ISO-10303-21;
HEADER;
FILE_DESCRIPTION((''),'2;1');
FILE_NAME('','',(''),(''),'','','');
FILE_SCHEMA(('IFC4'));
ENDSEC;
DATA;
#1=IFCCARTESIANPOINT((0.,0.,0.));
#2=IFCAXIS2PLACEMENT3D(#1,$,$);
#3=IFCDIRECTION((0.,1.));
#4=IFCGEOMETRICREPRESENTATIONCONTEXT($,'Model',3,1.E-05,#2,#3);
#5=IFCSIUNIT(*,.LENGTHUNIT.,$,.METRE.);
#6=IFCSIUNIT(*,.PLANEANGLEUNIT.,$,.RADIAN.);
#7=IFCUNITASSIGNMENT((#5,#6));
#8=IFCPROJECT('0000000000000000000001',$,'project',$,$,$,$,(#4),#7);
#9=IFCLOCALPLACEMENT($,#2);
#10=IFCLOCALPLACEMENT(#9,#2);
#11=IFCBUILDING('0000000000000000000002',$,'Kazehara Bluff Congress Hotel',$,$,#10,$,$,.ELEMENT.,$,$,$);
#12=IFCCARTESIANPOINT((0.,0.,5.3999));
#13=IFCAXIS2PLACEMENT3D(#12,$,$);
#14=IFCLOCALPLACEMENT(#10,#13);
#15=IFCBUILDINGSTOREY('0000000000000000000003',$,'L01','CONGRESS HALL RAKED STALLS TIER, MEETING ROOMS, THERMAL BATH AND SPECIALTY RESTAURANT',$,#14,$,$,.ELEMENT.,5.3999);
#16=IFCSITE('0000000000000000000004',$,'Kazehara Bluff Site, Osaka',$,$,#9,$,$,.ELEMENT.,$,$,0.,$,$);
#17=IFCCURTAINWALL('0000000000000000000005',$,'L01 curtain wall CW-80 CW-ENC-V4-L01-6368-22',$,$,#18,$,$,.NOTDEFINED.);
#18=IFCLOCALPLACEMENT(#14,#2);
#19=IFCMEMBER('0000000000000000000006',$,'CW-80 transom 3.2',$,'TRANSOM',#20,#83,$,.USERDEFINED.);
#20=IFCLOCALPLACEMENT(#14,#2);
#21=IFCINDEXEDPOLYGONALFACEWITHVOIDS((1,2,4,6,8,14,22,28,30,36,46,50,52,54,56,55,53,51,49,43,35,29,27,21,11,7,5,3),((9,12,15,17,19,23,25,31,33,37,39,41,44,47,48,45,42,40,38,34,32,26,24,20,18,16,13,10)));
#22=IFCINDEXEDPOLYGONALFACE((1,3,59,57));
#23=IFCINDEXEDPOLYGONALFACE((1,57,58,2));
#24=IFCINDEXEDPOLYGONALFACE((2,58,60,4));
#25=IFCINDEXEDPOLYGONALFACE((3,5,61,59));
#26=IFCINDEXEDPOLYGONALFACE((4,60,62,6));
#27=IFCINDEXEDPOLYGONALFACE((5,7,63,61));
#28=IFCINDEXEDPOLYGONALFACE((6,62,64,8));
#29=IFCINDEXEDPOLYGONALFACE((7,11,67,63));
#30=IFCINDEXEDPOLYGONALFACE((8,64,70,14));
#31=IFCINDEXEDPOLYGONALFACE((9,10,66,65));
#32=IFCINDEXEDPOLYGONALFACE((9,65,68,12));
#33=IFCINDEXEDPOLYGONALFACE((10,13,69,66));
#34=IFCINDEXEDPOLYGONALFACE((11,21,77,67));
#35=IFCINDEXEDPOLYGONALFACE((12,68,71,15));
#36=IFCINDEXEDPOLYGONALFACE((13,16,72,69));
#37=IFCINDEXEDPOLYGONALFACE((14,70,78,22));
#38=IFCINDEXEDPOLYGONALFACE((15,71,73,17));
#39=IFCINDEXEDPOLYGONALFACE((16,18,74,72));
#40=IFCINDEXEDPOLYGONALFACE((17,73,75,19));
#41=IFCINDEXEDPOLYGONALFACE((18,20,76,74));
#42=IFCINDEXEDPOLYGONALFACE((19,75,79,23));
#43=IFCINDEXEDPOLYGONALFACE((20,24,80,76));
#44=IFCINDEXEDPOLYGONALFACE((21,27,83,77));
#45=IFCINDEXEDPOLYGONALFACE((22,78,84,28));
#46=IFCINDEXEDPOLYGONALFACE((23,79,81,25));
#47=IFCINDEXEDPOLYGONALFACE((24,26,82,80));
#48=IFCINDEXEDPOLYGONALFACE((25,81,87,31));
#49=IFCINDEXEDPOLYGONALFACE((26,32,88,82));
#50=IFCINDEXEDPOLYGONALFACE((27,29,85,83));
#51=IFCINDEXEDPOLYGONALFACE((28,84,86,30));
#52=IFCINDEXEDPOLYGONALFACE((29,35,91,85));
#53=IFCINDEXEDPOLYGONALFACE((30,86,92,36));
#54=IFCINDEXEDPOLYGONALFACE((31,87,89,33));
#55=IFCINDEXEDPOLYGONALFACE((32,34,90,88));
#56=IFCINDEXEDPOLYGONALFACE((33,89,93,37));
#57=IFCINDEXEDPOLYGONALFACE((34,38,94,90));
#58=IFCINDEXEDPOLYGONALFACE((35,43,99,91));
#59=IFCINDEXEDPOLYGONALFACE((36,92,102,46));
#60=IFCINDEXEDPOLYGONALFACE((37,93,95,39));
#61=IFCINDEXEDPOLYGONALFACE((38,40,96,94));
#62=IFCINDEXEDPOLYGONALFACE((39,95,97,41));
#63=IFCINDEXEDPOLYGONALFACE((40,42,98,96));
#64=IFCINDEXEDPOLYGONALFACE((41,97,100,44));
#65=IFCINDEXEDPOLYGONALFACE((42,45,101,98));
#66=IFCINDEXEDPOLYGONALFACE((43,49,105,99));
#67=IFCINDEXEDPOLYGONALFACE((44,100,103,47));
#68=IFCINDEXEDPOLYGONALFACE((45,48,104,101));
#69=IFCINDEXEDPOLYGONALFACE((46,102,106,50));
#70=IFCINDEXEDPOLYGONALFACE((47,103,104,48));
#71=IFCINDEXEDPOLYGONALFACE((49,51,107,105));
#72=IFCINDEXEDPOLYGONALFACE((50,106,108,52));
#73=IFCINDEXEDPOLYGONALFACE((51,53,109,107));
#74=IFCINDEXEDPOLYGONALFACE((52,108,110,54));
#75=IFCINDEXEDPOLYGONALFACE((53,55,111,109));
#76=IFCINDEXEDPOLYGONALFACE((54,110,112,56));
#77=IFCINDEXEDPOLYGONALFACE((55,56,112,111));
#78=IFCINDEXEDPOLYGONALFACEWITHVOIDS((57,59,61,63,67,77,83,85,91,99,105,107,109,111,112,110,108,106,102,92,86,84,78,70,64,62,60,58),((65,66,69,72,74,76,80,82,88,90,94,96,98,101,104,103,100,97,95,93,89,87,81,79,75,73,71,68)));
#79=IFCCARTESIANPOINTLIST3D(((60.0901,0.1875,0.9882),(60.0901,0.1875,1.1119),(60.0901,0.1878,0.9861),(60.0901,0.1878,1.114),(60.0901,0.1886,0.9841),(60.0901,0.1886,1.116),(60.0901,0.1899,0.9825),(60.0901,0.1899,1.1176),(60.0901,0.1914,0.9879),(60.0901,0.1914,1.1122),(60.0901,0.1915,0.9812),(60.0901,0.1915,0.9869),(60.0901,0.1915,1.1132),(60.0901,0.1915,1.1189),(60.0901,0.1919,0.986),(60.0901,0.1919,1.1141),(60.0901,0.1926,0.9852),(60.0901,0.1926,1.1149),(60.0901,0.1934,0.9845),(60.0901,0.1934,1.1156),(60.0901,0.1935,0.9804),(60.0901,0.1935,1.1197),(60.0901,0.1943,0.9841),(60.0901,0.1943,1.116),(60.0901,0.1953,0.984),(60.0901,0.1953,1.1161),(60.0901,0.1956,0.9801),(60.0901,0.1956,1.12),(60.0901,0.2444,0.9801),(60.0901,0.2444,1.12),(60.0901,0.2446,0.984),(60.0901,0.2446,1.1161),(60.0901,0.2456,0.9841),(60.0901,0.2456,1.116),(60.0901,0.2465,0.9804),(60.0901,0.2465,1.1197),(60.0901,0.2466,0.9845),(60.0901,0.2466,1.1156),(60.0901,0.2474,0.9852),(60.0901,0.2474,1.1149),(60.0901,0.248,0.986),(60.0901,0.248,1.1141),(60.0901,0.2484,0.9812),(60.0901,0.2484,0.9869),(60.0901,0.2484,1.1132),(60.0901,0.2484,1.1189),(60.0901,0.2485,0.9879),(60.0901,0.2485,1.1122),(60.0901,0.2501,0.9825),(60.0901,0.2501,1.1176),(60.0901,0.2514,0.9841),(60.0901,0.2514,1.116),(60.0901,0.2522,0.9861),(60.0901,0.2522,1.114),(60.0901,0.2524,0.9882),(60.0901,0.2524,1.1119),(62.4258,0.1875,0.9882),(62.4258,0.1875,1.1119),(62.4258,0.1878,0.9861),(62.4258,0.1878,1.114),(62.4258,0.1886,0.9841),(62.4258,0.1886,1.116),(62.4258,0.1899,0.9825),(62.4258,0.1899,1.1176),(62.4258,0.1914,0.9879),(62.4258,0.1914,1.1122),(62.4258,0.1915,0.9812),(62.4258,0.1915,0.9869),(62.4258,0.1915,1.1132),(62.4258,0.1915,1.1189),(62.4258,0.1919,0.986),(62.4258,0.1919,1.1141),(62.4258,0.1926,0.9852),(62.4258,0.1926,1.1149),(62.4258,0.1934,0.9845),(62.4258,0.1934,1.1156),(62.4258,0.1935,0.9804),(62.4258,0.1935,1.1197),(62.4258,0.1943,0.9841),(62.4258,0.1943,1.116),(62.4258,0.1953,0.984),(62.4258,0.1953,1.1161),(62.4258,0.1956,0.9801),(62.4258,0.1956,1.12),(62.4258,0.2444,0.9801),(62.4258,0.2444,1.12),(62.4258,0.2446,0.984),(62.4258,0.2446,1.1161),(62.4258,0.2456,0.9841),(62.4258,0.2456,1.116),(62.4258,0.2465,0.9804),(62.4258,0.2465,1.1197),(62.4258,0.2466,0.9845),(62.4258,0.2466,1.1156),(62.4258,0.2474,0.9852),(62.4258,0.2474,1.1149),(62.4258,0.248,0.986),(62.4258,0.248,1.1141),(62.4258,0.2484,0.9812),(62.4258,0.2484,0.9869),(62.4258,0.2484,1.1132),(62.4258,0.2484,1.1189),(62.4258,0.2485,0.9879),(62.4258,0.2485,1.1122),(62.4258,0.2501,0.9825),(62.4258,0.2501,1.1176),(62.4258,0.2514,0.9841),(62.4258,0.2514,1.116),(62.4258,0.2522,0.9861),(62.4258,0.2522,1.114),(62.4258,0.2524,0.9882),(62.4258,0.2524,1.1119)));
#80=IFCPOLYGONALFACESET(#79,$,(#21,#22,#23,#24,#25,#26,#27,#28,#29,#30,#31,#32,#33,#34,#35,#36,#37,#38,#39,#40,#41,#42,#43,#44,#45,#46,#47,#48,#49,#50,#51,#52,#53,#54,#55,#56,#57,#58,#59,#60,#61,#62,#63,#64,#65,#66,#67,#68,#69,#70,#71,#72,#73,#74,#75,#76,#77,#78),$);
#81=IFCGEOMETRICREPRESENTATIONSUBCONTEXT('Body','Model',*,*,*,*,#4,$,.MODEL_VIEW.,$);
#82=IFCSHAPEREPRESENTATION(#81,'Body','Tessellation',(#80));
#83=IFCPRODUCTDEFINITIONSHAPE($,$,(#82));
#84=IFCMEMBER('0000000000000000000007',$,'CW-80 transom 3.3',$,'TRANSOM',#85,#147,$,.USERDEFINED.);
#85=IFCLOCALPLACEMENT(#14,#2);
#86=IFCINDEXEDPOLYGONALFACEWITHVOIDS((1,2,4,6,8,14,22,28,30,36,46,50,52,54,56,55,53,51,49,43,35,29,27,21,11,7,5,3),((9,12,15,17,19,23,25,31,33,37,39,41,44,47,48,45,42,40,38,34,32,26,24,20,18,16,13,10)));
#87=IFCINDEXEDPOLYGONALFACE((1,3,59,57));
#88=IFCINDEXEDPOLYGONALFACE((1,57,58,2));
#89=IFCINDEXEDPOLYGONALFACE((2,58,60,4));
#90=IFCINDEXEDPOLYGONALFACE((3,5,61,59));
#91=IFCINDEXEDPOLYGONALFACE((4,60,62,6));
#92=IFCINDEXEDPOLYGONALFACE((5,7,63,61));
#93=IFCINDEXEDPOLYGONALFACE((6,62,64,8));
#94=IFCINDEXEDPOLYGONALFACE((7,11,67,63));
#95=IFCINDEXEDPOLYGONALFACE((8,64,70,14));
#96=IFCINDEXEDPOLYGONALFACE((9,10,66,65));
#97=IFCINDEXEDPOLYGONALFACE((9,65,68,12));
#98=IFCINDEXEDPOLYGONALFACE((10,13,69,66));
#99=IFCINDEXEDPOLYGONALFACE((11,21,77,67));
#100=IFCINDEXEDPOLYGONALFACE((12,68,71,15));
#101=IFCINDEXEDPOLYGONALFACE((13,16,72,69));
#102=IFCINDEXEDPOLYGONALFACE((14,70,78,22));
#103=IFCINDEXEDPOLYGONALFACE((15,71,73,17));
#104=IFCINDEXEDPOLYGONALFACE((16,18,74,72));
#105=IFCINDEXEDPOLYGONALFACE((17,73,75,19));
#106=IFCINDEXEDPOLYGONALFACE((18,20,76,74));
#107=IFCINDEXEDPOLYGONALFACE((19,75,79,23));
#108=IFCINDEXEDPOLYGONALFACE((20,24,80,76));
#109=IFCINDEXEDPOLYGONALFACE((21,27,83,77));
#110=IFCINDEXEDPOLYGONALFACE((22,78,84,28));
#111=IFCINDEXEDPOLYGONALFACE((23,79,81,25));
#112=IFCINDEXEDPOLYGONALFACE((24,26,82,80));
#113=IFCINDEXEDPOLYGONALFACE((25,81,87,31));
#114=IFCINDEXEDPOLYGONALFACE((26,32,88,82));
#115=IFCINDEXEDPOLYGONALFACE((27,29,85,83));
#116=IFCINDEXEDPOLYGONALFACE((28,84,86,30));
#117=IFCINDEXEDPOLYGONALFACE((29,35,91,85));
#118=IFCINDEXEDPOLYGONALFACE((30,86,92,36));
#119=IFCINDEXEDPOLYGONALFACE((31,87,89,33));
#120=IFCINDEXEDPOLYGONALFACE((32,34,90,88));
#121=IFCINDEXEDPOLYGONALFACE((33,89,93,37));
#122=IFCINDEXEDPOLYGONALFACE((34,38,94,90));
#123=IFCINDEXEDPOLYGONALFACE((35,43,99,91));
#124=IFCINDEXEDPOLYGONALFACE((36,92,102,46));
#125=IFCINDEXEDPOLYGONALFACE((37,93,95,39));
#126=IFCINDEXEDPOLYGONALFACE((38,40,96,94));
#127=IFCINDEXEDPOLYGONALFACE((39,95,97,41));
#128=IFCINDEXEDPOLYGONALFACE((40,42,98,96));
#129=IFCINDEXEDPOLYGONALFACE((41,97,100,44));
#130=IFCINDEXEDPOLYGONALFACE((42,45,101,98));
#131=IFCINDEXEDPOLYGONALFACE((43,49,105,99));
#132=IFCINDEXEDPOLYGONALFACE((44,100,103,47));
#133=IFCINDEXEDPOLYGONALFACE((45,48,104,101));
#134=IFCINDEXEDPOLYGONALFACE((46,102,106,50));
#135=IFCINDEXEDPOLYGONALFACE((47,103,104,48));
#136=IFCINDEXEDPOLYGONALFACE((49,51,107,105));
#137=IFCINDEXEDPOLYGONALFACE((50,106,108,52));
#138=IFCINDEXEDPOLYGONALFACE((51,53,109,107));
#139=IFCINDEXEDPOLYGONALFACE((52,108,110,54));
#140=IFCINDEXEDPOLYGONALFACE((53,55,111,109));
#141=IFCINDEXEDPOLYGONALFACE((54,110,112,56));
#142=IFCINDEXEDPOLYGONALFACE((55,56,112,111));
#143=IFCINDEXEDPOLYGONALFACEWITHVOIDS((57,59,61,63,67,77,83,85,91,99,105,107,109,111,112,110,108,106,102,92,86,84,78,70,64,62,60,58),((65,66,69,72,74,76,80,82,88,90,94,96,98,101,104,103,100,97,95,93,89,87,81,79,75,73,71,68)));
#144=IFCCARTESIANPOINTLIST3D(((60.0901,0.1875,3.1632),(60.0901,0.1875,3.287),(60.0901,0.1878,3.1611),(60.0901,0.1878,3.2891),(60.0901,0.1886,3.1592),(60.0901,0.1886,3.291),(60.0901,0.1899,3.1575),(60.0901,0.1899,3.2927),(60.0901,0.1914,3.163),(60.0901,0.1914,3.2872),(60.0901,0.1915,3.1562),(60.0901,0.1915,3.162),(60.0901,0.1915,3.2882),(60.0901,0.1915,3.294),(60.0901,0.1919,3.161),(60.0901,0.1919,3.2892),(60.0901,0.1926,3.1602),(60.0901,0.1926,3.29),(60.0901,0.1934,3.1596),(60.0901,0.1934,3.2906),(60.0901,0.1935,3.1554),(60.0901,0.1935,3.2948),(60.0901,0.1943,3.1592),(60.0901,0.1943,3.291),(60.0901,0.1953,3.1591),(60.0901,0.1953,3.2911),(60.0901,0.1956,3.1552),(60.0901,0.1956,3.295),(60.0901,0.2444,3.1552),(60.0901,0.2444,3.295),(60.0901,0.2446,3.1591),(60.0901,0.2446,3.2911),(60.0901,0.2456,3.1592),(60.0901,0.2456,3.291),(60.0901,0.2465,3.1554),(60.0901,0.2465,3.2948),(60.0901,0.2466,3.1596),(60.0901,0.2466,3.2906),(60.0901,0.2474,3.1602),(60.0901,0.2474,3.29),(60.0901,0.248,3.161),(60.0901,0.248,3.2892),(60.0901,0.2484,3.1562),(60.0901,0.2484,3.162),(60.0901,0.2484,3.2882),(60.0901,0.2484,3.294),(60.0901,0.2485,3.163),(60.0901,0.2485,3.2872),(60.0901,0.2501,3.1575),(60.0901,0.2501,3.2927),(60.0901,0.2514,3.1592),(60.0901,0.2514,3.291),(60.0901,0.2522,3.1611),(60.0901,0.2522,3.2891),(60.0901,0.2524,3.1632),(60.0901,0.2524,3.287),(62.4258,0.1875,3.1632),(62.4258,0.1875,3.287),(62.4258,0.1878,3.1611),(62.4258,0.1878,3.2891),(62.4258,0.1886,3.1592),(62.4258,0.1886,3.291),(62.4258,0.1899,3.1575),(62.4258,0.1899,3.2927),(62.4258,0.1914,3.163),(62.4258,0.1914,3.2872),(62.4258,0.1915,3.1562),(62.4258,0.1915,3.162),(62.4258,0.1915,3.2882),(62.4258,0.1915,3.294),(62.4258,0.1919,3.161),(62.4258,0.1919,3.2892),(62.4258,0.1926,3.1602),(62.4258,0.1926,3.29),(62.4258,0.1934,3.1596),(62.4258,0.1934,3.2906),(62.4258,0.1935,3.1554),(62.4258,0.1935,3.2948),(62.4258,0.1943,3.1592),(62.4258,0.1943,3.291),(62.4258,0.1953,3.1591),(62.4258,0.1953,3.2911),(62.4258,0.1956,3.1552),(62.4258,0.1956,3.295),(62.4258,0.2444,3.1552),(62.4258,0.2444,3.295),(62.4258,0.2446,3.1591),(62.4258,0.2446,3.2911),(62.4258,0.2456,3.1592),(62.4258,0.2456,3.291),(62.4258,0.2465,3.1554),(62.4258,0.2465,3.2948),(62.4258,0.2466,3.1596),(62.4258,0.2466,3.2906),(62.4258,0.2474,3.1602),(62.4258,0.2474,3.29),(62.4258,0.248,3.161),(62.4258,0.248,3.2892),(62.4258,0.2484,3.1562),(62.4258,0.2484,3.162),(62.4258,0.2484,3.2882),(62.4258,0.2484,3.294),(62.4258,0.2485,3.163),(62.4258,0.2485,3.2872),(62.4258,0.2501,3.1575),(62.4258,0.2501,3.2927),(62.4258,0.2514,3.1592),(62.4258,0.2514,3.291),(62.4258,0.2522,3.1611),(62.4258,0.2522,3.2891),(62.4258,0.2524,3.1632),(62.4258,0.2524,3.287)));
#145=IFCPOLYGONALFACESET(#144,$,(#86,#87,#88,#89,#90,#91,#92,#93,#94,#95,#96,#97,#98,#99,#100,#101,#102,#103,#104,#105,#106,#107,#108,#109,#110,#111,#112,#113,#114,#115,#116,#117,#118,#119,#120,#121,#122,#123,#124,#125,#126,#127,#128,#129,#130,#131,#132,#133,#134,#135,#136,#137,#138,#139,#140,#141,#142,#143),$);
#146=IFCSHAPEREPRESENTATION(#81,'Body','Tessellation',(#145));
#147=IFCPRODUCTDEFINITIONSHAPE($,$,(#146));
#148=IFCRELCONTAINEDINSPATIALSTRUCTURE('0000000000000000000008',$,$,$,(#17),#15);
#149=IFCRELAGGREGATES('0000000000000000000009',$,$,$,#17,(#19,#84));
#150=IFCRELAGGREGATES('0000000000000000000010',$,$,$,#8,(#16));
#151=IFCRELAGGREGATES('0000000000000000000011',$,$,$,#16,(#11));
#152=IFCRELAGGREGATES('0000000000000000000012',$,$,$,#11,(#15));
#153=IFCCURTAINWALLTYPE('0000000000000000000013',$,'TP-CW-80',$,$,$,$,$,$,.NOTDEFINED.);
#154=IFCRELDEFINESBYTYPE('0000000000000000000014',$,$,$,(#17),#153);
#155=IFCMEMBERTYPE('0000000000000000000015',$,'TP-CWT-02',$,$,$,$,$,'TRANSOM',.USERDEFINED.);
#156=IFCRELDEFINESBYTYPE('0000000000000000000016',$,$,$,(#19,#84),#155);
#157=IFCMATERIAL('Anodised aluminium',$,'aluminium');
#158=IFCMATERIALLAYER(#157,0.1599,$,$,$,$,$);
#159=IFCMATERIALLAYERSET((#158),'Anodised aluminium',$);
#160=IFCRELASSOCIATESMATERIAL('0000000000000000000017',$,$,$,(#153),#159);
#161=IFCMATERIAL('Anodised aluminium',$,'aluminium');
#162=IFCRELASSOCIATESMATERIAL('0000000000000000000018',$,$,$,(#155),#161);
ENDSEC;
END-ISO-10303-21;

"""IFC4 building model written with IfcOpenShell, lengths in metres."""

from ifc_helpers import new_model, si_unit, direction, frame, origin, origin_2d, place, context, subcontext, project, spatial, hollow_rectangle, extrude, material, layer, layer_set, material_profile, profile_set, type_object, element, aggregate, save


model = new_model("IFC4")

# Units and contexts
model_context = context("Model", 3, precision=1e-05, world=origin(), true_north=direction((0.0, 1.0)))
body_context = subcontext(model_context, "Body", "Model", "MODEL_VIEW")
ifc_project = project(units=[si_unit("LENGTHUNIT", "METRE"), si_unit("PLANEANGLEUNIT", "RADIAN")], contexts=[model_context])

# Site, building, storey
site_placement = place(None, origin())
site = spatial("IfcSite", under=ifc_project, at=site_placement, Name="Kazehara Bluff Site, Osaka", CompositionType="ELEMENT", RefElevation=0.0)
building_placement = place(site_placement, origin())
building = spatial("IfcBuilding", under=site, at=building_placement, Name="Kazehara Bluff Congress Hotel", CompositionType="ELEMENT")
storey_placement = place(building_placement, frame((0.0, 0.0, 5.3999)))
storey = spatial("IfcBuildingStorey", under=building, at=storey_placement, Name="L01", Description="CONGRESS HALL RAKED STALLS TIER, MEETING ROOMS, THERMAL BATH AND SPECIALTY RESTAURANT", CompositionType="ELEMENT", Elevation=5.3999)

# Curtain wall
ifc_material_1 = material(Name="Anodised aluminium", Category="aluminium")
ifc_layer_1 = layer(ifc_material_1, 0.1599)
ifc_layer_set_1 = layer_set([ifc_layer_1], Name="Anodised aluminium")
curtain_wall_type_1 = type_object("IfcCurtainWallType", Name="TP-CW-80", PredefinedType="NOTDEFINED", material=ifc_layer_set_1)
curtain_wall_1_placement = place(storey_placement, origin())
curtain_wall_1 = element("IfcCurtainWall", 1, at=curtain_wall_1_placement, inside=storey, type_object=curtain_wall_type_1, Name="L01 curtain wall CW-80 CW-ENC-V4-L01-6368-22", PredefinedType="NOTDEFINED")

# Members
ifc_material_2 = material(Name="Anodised aluminium", Category="aluminium")
ifc_material_profile_1 = material_profile(ifc_material_2, hollow_rectangle(XDim=0.0649, YDim=0.1399, WallThickness=0.0039, InnerFilletRadius=0.0039, OuterFilletRadius=0.0081, at=origin_2d()))
ifc_profile_set_1 = profile_set([ifc_material_profile_1], Name="Anodised aluminium")
member_type_1 = type_object("IfcMemberType", Name="TP-CWT-02", ElementType="TRANSOM", PredefinedType="USERDEFINED", material=ifc_profile_set_1)
member_1_placement = place(storey_placement, frame((62.4258, 0.22, 1.05), z_axis=(-1.0, 0.0, 0.0), x_axis=(0.0, -1.0, 0.0)))
member_1 = element("IfcMember", 2, at=member_1_placement, type_object=member_type_1, Name="CW-80 transom 3.2", ObjectType="TRANSOM", PredefinedType="USERDEFINED", context=body_context, shape_type="SweptSolid", body=[
    extrude(hollow_rectangle(XDim=0.0649, YDim=0.1399, WallThickness=0.0039, InnerFilletRadius=0.0039, OuterFilletRadius=0.0081, at=origin_2d()), origin(), (0.0, 0.0, 1.0), 2.3357),
])
member_2_placement = place(storey_placement, frame((62.4258, 0.22, 3.2251), z_axis=(-1.0, 0.0, 0.0), x_axis=(0.0, -1.0, 0.0)))
member_2 = element("IfcMember", 3, at=member_2_placement, type_object=member_type_1, Name="CW-80 transom 3.3", ObjectType="TRANSOM", PredefinedType="USERDEFINED", context=body_context, shape_type="SweptSolid", body=[
    extrude(hollow_rectangle(XDim=0.0649, YDim=0.1399, WallThickness=0.0039, InnerFilletRadius=0.0039, OuterFilletRadius=0.0081, at=origin_2d()), origin(), (0.0, 0.0, 1.0), 2.3357),
])

aggregate(curtain_wall_1, [member_1, member_2])

save(model, "model.ifc")
